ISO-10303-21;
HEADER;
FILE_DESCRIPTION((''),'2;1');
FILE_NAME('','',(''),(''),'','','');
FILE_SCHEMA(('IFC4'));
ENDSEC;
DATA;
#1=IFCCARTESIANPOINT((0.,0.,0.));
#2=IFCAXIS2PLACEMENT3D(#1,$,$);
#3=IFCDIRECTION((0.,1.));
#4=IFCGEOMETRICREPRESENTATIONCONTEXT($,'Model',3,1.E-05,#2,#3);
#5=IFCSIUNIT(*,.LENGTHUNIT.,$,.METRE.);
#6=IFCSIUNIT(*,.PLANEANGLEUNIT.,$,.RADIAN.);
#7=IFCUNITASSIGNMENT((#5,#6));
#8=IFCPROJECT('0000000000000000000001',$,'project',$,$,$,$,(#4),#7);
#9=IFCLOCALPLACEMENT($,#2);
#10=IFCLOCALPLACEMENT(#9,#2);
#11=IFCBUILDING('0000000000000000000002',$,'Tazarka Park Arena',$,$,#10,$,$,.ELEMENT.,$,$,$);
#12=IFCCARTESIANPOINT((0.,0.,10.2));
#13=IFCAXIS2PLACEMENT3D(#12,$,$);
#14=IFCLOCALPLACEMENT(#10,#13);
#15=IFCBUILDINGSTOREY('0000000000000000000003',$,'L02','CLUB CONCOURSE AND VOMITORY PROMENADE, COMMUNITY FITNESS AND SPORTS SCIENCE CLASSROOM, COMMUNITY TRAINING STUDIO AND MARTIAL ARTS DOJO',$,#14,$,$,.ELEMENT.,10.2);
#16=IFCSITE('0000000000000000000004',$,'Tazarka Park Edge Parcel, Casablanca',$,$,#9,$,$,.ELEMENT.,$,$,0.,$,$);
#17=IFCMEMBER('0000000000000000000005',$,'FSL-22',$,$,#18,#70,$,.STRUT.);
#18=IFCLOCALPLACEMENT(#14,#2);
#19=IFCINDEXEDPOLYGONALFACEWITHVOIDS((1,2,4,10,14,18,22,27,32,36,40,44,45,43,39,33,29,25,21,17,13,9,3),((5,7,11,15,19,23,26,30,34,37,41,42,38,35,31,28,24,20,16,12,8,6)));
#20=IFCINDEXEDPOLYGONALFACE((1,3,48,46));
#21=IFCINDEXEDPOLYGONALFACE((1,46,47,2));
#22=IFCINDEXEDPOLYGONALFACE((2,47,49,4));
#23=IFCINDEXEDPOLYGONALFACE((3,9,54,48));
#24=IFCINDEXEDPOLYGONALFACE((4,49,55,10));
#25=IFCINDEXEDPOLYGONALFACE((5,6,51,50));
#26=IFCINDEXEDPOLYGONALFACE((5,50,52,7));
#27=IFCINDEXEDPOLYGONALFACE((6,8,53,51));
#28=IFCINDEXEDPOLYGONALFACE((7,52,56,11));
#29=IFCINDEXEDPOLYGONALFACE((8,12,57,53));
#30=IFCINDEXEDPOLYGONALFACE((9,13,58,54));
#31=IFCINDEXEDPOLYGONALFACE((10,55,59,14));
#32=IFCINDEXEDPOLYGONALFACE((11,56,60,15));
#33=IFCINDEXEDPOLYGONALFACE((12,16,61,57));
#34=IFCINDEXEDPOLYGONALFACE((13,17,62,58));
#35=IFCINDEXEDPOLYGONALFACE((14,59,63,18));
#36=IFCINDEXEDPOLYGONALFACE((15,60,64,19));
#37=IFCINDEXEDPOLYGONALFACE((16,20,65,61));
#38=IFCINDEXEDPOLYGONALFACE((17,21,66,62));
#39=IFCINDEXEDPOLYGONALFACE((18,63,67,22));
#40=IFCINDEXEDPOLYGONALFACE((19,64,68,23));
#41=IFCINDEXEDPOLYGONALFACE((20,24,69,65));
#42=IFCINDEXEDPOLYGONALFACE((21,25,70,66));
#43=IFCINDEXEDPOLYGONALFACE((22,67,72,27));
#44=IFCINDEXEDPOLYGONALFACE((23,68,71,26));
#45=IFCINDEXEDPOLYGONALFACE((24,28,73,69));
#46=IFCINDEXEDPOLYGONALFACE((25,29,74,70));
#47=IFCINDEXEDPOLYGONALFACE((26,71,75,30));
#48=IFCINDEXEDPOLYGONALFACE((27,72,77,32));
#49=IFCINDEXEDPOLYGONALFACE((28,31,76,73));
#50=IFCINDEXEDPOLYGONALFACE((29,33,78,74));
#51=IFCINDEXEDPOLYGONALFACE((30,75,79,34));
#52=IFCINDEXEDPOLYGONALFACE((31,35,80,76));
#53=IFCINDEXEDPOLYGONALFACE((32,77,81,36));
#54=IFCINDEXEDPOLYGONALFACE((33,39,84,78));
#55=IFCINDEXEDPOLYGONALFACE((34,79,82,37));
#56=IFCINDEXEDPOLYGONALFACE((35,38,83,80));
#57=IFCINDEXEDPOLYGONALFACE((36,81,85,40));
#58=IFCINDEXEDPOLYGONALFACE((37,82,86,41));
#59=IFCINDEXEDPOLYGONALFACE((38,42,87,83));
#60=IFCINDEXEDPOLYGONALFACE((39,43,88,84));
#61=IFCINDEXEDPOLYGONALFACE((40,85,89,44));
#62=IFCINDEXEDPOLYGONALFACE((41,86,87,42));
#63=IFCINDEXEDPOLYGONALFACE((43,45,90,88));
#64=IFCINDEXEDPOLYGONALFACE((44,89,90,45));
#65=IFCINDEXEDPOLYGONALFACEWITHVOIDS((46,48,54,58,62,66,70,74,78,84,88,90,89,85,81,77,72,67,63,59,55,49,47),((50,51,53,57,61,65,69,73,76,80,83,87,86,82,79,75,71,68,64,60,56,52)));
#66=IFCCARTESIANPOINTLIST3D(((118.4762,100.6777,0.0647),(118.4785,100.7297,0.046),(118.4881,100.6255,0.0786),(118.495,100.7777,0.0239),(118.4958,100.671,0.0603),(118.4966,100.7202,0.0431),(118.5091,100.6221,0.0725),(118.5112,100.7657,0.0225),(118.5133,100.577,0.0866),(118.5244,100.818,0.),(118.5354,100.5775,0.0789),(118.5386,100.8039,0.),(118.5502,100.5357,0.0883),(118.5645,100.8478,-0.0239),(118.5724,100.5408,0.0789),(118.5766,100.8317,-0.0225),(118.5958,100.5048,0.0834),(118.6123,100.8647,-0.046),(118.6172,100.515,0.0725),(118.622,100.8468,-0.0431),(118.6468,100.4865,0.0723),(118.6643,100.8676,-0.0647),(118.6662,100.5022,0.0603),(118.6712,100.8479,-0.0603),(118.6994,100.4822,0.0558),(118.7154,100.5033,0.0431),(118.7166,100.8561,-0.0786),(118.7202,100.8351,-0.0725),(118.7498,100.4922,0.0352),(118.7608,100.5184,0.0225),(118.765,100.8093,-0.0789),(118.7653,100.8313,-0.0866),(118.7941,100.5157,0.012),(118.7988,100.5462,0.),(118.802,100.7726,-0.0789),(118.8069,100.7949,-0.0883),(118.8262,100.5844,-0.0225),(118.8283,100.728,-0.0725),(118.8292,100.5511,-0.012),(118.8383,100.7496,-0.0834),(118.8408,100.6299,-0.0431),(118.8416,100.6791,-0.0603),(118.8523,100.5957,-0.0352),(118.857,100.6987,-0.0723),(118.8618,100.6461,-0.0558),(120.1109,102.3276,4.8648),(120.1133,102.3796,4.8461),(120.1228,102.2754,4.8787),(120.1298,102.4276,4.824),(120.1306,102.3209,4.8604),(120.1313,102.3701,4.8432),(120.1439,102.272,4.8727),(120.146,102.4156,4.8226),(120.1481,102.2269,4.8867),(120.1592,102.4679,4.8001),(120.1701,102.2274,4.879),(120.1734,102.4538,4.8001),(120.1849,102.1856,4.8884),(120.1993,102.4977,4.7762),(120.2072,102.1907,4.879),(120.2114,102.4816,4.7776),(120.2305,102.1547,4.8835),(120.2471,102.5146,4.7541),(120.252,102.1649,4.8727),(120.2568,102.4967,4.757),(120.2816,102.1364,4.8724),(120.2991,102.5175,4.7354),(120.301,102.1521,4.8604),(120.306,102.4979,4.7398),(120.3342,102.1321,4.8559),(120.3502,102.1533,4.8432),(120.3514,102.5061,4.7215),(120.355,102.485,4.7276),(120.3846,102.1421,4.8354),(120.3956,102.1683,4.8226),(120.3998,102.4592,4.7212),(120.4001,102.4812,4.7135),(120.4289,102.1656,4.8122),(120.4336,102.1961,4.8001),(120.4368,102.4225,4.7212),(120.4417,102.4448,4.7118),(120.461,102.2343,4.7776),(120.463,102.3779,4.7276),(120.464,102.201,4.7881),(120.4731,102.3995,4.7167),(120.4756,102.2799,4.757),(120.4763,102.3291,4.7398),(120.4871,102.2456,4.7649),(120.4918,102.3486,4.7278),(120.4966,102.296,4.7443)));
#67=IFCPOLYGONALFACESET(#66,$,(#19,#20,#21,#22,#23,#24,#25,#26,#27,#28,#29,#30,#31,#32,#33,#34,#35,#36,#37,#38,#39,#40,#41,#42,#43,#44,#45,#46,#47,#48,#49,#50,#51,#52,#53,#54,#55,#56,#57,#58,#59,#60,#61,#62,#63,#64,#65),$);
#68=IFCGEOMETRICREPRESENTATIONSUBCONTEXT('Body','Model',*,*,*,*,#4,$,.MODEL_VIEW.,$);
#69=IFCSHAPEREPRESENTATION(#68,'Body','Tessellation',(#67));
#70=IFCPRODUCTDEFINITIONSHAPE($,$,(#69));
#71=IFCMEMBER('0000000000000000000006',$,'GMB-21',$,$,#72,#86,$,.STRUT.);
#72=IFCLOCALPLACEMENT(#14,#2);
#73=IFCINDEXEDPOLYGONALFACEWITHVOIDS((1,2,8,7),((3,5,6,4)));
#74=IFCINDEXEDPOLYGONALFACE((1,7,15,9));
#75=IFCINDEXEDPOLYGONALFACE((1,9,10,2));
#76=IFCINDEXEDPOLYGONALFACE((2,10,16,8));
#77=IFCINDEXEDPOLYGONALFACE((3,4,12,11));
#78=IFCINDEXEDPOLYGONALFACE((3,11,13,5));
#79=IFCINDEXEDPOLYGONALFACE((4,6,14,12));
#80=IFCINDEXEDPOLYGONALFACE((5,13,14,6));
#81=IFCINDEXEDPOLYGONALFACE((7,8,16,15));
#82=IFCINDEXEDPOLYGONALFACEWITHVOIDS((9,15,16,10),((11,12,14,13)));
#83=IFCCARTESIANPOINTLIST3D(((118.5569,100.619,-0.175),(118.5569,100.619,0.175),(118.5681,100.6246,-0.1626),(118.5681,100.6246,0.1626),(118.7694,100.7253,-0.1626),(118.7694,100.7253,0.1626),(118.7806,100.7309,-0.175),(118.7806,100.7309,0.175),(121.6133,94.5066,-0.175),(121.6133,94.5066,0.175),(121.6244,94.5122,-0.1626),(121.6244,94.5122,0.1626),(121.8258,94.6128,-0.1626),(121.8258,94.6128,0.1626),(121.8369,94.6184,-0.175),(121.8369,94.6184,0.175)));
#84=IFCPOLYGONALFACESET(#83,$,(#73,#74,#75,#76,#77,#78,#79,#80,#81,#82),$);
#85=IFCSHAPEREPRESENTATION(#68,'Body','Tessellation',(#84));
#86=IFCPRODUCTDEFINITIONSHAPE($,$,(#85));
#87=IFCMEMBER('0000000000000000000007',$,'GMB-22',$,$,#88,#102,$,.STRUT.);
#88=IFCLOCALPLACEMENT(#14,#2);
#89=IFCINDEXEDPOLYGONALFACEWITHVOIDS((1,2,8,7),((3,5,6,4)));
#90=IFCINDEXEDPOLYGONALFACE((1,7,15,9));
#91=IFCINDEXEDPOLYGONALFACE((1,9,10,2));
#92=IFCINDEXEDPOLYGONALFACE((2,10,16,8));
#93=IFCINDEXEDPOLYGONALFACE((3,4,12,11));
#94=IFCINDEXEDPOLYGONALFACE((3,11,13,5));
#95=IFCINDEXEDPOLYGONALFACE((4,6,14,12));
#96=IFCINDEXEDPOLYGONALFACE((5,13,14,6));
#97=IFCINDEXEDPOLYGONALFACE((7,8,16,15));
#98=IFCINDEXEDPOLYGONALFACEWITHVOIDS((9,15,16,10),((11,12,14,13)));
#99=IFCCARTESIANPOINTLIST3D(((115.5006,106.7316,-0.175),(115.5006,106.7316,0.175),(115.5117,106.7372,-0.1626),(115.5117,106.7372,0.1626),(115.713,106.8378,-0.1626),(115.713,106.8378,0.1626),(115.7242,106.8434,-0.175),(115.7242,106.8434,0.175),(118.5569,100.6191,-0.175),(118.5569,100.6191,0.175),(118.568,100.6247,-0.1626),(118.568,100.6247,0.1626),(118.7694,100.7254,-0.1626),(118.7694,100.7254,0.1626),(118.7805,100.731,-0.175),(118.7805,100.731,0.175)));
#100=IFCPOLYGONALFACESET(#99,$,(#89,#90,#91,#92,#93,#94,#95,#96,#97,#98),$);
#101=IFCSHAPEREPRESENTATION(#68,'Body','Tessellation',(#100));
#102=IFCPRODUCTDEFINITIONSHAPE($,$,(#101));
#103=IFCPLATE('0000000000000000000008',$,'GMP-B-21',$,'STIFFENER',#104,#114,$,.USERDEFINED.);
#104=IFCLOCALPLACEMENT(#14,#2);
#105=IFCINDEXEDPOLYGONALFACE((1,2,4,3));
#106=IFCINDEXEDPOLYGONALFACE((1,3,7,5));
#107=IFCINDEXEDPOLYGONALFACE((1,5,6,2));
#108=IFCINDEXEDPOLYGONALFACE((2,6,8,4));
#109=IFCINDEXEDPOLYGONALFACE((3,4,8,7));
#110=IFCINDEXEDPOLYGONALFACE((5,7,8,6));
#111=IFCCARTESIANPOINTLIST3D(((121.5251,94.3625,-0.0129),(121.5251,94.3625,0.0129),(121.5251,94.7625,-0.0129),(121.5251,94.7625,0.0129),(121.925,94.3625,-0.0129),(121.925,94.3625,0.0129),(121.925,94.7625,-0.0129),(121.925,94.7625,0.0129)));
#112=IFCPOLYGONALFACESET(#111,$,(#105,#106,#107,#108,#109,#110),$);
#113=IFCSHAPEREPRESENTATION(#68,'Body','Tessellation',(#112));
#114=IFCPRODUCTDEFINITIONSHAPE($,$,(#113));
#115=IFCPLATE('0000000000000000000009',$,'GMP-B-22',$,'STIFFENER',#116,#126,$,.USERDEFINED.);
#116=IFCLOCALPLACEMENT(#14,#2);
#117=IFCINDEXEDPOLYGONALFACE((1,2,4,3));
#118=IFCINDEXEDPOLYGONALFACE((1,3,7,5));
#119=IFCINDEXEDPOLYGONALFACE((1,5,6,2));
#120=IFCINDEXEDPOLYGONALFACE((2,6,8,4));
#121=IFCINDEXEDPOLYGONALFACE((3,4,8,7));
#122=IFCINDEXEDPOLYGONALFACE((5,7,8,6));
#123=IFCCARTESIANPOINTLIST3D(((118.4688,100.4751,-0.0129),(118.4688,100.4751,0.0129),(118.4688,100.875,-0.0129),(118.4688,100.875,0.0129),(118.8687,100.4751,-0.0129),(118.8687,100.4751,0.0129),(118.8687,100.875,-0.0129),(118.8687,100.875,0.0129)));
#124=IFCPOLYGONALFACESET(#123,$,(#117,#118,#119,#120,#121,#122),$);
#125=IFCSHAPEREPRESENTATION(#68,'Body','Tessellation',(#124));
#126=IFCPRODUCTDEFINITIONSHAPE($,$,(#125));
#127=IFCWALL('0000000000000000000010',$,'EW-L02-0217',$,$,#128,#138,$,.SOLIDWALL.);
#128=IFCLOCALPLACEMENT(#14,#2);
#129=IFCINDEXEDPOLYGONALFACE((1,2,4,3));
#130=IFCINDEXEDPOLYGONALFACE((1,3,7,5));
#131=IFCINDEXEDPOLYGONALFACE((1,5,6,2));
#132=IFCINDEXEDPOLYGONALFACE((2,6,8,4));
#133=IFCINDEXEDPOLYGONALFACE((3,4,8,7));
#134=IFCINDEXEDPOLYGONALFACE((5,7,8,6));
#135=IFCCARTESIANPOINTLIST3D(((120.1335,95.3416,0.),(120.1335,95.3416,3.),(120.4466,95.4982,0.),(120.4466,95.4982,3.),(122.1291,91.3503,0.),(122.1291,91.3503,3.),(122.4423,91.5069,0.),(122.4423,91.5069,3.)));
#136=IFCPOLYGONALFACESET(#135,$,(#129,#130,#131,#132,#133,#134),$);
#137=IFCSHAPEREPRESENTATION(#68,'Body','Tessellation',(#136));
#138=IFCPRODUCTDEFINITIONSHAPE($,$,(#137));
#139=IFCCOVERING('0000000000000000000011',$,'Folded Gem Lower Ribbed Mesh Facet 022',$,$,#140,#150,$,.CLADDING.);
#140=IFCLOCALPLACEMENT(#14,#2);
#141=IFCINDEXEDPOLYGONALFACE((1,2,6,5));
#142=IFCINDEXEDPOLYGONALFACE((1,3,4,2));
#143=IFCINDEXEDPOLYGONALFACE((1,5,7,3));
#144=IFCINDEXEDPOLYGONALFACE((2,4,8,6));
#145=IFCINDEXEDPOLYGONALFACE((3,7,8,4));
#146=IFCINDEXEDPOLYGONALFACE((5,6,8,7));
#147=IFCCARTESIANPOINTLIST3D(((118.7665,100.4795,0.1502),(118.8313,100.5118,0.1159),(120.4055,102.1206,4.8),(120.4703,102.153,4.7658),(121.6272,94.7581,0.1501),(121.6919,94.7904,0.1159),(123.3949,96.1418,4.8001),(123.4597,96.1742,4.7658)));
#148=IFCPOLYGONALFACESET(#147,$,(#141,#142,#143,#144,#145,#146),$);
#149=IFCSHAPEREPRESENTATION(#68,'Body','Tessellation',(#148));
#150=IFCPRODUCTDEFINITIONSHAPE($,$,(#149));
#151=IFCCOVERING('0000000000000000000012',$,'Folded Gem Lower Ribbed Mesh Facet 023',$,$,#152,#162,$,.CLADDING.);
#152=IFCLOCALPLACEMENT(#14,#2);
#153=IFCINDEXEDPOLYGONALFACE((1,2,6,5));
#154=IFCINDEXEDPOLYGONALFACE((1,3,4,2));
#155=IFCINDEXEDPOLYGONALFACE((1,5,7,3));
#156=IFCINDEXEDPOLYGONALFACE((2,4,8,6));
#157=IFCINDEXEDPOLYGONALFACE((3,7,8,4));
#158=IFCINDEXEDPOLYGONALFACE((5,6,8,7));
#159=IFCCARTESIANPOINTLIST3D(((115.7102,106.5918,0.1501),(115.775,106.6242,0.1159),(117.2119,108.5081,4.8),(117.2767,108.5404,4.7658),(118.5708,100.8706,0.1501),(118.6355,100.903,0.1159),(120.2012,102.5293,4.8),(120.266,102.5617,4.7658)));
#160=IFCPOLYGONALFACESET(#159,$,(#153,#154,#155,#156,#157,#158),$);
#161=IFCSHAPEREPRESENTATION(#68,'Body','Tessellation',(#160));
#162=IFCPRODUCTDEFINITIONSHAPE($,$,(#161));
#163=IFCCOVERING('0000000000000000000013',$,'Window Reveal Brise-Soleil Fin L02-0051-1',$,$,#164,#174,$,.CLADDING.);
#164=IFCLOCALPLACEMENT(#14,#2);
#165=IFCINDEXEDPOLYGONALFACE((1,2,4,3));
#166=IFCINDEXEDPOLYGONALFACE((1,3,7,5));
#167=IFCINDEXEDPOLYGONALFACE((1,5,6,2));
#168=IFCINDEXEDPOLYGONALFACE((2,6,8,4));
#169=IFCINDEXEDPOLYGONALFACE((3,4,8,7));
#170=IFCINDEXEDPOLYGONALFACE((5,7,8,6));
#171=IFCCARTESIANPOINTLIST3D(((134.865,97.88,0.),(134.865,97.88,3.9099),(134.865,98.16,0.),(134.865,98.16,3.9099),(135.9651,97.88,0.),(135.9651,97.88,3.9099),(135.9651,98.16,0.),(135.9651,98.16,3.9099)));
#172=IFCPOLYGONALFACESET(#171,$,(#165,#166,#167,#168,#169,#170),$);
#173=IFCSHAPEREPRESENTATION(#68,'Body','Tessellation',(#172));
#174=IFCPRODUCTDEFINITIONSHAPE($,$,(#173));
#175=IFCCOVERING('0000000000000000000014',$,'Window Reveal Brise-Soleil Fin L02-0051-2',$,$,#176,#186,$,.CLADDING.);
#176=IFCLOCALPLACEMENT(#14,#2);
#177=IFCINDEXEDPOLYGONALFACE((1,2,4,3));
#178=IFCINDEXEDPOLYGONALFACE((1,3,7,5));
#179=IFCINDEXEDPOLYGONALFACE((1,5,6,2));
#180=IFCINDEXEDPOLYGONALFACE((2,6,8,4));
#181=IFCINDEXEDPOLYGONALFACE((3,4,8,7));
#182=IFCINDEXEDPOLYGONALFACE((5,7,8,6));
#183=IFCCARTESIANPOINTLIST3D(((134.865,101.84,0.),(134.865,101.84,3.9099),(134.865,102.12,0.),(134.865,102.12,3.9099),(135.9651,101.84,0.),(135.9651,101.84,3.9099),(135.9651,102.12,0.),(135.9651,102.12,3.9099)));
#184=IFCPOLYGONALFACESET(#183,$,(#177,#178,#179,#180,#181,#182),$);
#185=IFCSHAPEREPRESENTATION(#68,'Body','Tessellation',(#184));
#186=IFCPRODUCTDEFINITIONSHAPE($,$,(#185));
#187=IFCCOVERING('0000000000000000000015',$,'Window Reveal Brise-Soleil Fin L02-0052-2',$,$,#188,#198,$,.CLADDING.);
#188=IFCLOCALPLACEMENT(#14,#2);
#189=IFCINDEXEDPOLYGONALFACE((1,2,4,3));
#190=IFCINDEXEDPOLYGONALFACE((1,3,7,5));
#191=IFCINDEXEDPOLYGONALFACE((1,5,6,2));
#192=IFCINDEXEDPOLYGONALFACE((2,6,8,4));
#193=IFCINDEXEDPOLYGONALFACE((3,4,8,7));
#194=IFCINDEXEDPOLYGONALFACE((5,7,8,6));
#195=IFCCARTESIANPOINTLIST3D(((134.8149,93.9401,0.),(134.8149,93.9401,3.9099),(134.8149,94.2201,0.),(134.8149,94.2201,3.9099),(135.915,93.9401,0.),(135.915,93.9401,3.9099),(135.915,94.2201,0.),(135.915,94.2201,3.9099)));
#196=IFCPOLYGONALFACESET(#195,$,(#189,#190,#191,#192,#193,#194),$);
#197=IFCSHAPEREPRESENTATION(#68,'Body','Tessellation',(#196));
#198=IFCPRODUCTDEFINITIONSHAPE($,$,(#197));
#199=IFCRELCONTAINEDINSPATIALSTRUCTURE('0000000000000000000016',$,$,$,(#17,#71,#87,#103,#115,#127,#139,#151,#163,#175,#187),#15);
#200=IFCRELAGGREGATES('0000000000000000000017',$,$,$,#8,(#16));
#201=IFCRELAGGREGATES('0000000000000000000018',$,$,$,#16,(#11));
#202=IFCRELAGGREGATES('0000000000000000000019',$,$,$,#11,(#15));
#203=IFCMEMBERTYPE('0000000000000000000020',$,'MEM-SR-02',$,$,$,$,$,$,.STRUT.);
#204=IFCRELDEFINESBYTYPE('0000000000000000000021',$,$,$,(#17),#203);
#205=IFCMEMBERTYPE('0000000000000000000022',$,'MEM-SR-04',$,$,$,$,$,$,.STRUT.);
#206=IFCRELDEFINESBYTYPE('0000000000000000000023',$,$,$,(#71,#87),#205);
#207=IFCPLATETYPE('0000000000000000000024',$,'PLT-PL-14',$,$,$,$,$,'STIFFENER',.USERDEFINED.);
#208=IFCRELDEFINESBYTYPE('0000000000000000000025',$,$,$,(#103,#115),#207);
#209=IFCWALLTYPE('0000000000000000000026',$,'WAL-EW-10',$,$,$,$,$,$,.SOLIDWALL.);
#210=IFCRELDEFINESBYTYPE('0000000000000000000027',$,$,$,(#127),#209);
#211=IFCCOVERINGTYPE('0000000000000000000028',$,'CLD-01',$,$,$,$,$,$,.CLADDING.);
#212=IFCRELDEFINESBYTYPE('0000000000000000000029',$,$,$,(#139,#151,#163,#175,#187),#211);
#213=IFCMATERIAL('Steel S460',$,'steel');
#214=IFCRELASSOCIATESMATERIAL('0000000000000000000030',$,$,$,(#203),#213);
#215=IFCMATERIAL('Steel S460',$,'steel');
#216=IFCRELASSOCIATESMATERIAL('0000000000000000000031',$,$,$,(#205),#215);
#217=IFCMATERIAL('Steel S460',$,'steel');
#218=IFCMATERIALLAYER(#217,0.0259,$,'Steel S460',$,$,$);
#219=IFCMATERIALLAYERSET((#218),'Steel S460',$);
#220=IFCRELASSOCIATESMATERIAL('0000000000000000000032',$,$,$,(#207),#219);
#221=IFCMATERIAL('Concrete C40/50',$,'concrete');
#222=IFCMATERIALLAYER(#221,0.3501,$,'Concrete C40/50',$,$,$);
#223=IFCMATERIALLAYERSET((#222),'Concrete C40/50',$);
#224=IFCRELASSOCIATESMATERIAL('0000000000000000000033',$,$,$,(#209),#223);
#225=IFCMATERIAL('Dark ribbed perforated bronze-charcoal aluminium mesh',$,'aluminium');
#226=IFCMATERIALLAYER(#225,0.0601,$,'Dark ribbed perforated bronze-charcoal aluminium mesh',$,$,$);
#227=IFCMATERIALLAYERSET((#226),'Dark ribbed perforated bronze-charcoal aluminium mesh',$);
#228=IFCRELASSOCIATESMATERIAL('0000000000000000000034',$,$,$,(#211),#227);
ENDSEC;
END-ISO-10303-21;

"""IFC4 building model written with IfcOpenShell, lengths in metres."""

from ifc_helpers import new_model, si_unit, direction, frame, frame_2d, origin, origin_2d, place, context, subcontext, project, spatial, polyline, rectangle, hollow_rectangle, hollow_circle, outline, extrude, material, layer, layer_set, material_profile, profile_set, type_object, element, save


model = new_model("IFC4")

# Units and contexts
model_context = context("Model", 3, precision=1e-05, world=origin(), true_north=direction((0.0, 1.0)))
body_context = subcontext(model_context, "Body", "Model", "MODEL_VIEW")
ifc_project = project(units=[si_unit("LENGTHUNIT", "METRE"), si_unit("PLANEANGLEUNIT", "RADIAN")], contexts=[model_context])

# Site, building, storey
site_placement = place(None, origin())
site = spatial("IfcSite", under=ifc_project, at=site_placement, Name="Tazarka Park Edge Parcel, Casablanca", CompositionType="ELEMENT", RefElevation=0.0)
building_placement = place(site_placement, origin())
building = spatial("IfcBuilding", under=site, at=building_placement, Name="Tazarka Park Arena", CompositionType="ELEMENT")
storey_placement = place(building_placement, frame((0.0, 0.0, 10.2)))
storey = spatial("IfcBuildingStorey", under=building, at=storey_placement, Name="L02", Description="CLUB CONCOURSE AND VOMITORY PROMENADE, COMMUNITY FITNESS AND SPORTS SCIENCE CLASSROOM, COMMUNITY TRAINING STUDIO AND MARTIAL ARTS DOJO", CompositionType="ELEMENT", Elevation=10.2)

# Members
ifc_material_1 = material(Name="Steel S460", Category="steel")
ifc_material_profile_1 = material_profile(ifc_material_1, hollow_circle(Radius=0.2031, WallThickness=0.02, at=origin_2d()), Name="Steel S460")
ifc_profile_set_1 = profile_set([ifc_material_profile_1], Name="Steel S460")
member_type_1 = type_object("IfcMemberType", Name="MEM-SR-02", PredefinedType="STRUT", material=ifc_profile_set_1)
member_1_placement = place(storey_placement, frame((118.6687, 100.675, 0.0), z_axis=(0.306569, 0.309407, 0.900157), x_axis=(-0.710358, 0.703841, 0.0)))
element("IfcMember", 1, at=member_1_placement, inside=storey, type_object=member_type_1, Name="FSL-22", PredefinedType="STRUT", context=body_context, shape_type="SweptSolid", body=[
    extrude(hollow_circle(Radius=0.2031, WallThickness=0.02, at=origin_2d()), origin(), (0.0, 0.0, 1.0), 5.3325),
])
ifc_material_2 = material(Name="Steel S460", Category="steel")
ifc_material_profile_2 = material_profile(ifc_material_2, hollow_rectangle(XDim=0.25, YDim=0.3501, WallThickness=0.0125, at=origin_2d()), Name="Steel S460")
ifc_profile_set_2 = profile_set([ifc_material_profile_2], Name="Steel S460")
member_type_2 = type_object("IfcMemberType", Name="MEM-SR-04", PredefinedType="STRUT", material=ifc_profile_set_2)
for number, where, z_axis, x_axis, name in (
    (2, (121.7251, 94.5625, 0.0), (-0.447228, 0.89442, 0.0), (-0.89442, -0.447228, 0.0), "GMB-21"),
    (3, (118.6687, 100.675, 0.0), (-0.447228, 0.89442, 0.0), (-0.89442, -0.447228, 0.0), "GMB-22"),
):
    element("IfcMember", number, at=place(storey_placement, frame(where, z_axis=z_axis, x_axis=x_axis)), inside=storey, type_object=member_type_2, Name=name, PredefinedType="STRUT", context=body_context, shape_type="SweptSolid", body=[
        extrude(hollow_rectangle(XDim=0.25, YDim=0.3501, WallThickness=0.0125, at=origin_2d()), origin(), (0.0, 0.0, 1.0), 6.834),
    ])

# Plates
ifc_material_3 = material(Name="Steel S460", Category="steel")
ifc_layer_1 = layer(ifc_material_3, 0.0259, Name="Steel S460")
ifc_layer_set_1 = layer_set([ifc_layer_1], Name="Steel S460")
plate_type = type_object("IfcPlateType", Name="PLT-PL-14", ElementType="STIFFENER", PredefinedType="USERDEFINED", material=ifc_layer_set_1)
for number, where, z_axis, x_axis, name in (
    (4, (121.7251, 94.5625, -0.0129), (0.0, 0.0, 1.0), (1.0, 0.0, 0.0), "GMP-B-21"),
    (5, (118.6687, 100.675, -0.0129), (0.0, 0.0, 1.0), (1.0, 0.0, 0.0), "GMP-B-22"),
):
    element("IfcPlate", number, at=place(storey_placement, frame(where, z_axis=z_axis, x_axis=x_axis)), inside=storey, type_object=plate_type, Name=name, ObjectType="STIFFENER", PredefinedType="USERDEFINED", context=body_context, shape_type="SweptSolid", body=[
        extrude(rectangle(XDim=0.3999, YDim=0.3999, at=origin_2d()), origin(), (0.0, 0.0, 1.0), 0.0259),
    ])

# Wall
ifc_material_4 = material(Name="Concrete C40/50", Category="concrete")
ifc_layer_2 = layer(ifc_material_4, 0.3501, Name="Concrete C40/50")
ifc_layer_set_2 = layer_set([ifc_layer_2], Name="Concrete C40/50")
wall_type = type_object("IfcWallType", Name="WAL-EW-10", PredefinedType="SOLIDWALL", material=ifc_layer_set_2)
wall_placement = place(storey_placement, frame((120.29, 95.4199, 0.0), z_axis=(0.0, 0.0, 1.0), x_axis=(0.447214, -0.894427, 0.0)))
element("IfcWall", 6, at=wall_placement, inside=storey, type_object=wall_type, Name="EW-L02-0217", PredefinedType="SOLIDWALL", context=body_context, shape_type="SweptSolid", body=[
    extrude(rectangle(XDim=4.4624, YDim=0.3501, at=frame_2d((2.2312, 0.0))), origin(), (0.0, 0.0, 1.0), 3.0),
])

# Coverings
ifc_material_5 = material(Name="Dark ribbed perforated bronze-charcoal aluminium mesh", Category="aluminium")
ifc_layer_3 = layer(ifc_material_5, 0.0601, Name="Dark ribbed perforated bronze-charcoal aluminium mesh")
ifc_layer_set_3 = layer_set([ifc_layer_3], Name="Dark ribbed perforated bronze-charcoal aluminium mesh")
covering_type = type_object("IfcCoveringType", Name="CLD-01", PredefinedType="CLADDING", material=ifc_layer_set_3)
covering_1_placement = place(storey_placement, frame((121.6272, 94.7581, 0.1501), z_axis=(-0.808506, -0.404253, 0.427664), x_axis=(-0.447211, 0.894429, 0.000007)))
element("IfcCovering", 7, at=covering_1_placement, inside=storey, type_object=covering_type, Name="Folded Gem Lower Ribbed Mesh Facet 022", PredefinedType="CLADDING", context=body_context, shape_type="SweptSolid", body=[
    extrude(outline(polyline([(0.0, 0.0), (6.3967, 0.0), (7.1317, -5.144), (0.4471, -5.1441), (0.0, 0.0)])), origin(), (0.0, 0.0, -1.0), 0.0801),
])
covering_2_placement = place(storey_placement, frame((118.5708, 100.8706, 0.1501), z_axis=(-0.808499, -0.404241, 0.427689), x_axis=(-0.447207, 0.89443, -0.000003)))
element("IfcCovering", 8, at=covering_2_placement, inside=storey, type_object=covering_type, Name="Folded Gem Lower Ribbed Mesh Facet 023", PredefinedType="CLADDING", context=body_context, shape_type="SweptSolid", body=[
    extrude(outline(polyline([(0.0, 0.0), (6.3965, 0.0), (7.4389, -5.1441), (0.7545, -5.1441), (0.0, 0.0)])), origin(), (0.0, 0.0, -1.0), 0.0801),
])
for number, where, z_axis, x_axis, name in (
    (9, (135.415, 98.02, 0.0), (0.0, 0.0, 1.0), (0.0, 1.0, 0.0), "Window Reveal Brise-Soleil Fin L02-0051-1"),
    (10, (135.415, 101.98, 0.0), (0.0, 0.0, 1.0), (0.0, 1.0, 0.0), "Window Reveal Brise-Soleil Fin L02-0051-2"),
    (11, (135.365, 94.0801, 0.0), (0.0, 0.0, 1.0), (0.0, 1.0, 0.0), "Window Reveal Brise-Soleil Fin L02-0052-2"),
):
    element("IfcCovering", number, at=place(storey_placement, frame(where, z_axis=z_axis, x_axis=x_axis)), inside=storey, type_object=covering_type, Name=name, PredefinedType="CLADDING", context=body_context, shape_type="SweptSolid", body=[
        extrude(rectangle(XDim=0.28, YDim=1.1001, at=origin_2d()), origin(), (0.0, 0.0, 1.0), 3.9099),
    ])

save(model, "model.ifc")
